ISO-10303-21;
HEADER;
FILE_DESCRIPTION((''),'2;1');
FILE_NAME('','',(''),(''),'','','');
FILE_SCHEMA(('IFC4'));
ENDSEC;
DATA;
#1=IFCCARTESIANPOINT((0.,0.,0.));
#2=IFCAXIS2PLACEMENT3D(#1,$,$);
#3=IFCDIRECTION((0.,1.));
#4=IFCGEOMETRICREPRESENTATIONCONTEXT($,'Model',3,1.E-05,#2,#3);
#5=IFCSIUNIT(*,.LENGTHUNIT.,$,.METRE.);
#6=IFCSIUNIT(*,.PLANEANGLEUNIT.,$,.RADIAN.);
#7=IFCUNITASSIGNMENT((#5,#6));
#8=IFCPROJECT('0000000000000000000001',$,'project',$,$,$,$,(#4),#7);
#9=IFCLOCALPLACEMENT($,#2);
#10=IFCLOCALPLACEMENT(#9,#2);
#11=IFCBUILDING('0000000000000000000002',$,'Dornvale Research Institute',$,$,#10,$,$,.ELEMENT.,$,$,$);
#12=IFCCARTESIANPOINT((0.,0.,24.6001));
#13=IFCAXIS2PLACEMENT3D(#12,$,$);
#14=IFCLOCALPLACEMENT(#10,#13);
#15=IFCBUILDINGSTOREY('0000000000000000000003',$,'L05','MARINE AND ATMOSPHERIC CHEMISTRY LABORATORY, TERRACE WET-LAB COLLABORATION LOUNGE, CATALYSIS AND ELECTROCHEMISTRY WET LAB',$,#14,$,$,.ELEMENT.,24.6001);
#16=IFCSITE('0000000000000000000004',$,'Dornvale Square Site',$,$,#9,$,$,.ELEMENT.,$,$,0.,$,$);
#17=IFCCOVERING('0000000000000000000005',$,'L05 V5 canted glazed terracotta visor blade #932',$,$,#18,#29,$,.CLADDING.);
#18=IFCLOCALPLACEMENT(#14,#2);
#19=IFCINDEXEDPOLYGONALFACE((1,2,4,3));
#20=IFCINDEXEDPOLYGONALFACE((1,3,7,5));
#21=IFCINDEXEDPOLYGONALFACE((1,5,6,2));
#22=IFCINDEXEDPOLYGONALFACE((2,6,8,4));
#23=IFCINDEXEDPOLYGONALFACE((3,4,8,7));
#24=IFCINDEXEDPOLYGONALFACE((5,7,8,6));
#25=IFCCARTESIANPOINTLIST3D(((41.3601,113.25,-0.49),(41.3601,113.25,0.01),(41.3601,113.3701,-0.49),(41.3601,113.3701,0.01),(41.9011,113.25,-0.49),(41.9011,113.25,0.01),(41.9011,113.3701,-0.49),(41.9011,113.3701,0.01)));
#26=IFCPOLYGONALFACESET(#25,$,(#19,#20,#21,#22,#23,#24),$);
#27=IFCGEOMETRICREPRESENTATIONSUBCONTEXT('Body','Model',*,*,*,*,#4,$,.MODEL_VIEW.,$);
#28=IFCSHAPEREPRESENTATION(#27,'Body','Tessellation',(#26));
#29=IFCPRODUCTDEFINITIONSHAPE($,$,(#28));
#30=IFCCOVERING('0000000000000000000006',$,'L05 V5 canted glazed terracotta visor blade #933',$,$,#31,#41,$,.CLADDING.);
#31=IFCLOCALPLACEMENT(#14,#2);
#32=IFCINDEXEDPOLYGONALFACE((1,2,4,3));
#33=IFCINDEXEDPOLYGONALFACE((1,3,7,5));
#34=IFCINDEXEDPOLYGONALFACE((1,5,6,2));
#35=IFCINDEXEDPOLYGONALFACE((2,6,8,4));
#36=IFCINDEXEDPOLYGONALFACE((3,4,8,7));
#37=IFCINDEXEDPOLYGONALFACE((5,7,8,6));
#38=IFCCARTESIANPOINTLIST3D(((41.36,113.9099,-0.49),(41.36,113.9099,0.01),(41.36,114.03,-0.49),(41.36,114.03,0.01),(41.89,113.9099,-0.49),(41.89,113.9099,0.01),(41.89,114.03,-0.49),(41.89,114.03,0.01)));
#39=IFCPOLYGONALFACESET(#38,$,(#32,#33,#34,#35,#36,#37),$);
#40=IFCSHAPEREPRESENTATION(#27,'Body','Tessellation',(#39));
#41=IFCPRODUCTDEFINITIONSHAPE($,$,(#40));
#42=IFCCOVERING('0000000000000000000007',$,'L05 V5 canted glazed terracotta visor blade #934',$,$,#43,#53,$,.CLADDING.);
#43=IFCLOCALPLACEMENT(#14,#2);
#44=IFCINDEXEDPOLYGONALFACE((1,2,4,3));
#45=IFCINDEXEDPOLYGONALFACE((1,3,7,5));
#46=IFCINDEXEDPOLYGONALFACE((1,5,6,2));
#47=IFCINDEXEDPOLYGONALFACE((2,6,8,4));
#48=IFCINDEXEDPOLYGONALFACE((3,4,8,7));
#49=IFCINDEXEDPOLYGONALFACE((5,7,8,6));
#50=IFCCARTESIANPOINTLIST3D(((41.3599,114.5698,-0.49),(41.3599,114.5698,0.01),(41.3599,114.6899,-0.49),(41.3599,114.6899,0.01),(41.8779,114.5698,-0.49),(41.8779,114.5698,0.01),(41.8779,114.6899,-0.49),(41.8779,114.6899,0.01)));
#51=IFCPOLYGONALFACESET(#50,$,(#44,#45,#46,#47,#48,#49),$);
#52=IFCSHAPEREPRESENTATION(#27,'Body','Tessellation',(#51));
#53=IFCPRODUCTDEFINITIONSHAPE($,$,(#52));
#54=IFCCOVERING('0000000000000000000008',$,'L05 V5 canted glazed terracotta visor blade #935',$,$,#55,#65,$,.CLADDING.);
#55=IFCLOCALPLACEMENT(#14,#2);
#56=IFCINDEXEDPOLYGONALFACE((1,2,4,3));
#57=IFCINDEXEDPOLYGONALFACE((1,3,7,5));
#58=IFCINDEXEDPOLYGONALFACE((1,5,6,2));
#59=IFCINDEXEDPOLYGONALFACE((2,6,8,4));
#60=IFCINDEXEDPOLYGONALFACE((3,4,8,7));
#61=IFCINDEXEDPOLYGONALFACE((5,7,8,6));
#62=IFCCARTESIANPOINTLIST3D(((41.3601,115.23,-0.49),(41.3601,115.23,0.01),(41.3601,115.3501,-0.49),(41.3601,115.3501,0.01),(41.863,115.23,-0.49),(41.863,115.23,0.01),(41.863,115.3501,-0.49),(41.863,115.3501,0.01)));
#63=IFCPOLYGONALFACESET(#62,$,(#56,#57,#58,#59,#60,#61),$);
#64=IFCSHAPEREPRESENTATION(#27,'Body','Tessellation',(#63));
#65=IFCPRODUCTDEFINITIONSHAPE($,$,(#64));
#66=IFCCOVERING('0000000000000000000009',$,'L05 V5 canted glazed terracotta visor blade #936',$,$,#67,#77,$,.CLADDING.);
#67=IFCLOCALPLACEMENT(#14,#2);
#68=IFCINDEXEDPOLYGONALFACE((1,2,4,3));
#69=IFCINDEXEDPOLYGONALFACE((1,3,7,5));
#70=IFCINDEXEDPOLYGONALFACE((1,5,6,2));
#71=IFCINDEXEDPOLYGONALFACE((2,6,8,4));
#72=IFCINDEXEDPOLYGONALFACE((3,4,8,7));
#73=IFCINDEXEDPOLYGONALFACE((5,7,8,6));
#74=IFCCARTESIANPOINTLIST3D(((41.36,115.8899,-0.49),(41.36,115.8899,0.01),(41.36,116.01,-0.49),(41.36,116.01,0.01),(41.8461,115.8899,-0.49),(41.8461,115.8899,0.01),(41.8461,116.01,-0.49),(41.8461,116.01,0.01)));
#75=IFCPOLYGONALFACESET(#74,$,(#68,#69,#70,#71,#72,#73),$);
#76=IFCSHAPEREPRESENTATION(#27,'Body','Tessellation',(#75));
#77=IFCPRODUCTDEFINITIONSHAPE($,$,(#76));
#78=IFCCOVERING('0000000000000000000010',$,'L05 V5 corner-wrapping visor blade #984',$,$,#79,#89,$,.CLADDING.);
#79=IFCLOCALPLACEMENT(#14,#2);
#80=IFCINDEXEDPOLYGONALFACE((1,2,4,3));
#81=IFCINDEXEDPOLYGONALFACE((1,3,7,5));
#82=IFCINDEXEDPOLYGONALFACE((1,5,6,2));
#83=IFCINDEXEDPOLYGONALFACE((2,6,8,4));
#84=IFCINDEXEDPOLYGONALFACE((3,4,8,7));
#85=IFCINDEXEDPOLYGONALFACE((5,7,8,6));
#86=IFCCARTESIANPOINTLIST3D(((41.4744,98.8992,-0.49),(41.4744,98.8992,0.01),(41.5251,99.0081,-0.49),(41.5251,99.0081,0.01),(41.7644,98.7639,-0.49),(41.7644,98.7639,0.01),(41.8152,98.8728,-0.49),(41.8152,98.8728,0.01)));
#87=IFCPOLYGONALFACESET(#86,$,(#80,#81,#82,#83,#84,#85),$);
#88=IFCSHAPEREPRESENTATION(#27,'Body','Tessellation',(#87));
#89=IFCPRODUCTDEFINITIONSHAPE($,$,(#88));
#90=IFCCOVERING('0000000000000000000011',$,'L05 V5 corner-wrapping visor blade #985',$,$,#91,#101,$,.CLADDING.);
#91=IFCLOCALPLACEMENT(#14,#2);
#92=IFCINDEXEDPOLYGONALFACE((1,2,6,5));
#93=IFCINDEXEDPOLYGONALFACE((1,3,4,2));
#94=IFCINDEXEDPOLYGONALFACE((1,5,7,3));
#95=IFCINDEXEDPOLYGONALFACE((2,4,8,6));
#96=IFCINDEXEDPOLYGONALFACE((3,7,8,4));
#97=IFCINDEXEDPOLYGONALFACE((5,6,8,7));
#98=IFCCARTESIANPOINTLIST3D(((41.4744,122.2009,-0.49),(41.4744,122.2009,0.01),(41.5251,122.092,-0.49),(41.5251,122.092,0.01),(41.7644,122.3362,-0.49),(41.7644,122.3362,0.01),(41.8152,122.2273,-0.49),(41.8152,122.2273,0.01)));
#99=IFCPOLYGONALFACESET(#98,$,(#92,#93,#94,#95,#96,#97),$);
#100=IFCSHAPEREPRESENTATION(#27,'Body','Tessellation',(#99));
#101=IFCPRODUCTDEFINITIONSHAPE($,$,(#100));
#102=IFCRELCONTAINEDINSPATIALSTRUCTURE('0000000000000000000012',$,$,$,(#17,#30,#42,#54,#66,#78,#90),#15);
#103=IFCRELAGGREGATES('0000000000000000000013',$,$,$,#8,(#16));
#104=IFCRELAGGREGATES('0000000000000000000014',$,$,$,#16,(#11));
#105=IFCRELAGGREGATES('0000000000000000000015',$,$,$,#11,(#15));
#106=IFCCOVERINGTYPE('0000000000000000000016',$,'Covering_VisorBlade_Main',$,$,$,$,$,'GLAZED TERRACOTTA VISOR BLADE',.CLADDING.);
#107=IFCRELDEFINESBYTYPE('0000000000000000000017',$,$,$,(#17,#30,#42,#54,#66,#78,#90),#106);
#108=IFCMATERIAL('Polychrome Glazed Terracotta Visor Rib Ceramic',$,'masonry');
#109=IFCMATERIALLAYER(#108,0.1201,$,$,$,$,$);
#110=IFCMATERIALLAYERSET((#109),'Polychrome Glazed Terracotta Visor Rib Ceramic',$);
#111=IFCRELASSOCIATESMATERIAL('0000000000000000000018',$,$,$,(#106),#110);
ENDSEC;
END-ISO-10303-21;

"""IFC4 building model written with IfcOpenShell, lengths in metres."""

from ifc_helpers import new_model, si_unit, direction, frame, origin, origin_2d, place, context, subcontext, project, spatial, rectangle, extrude, material, layer, layer_set, type_object, element, save


model = new_model("IFC4")

# Units and contexts
model_context = context("Model", 3, precision=1e-05, world=origin(), true_north=direction((0.0, 1.0)))
body_context = subcontext(model_context, "Body", "Model", "MODEL_VIEW")
ifc_project = project(units=[si_unit("LENGTHUNIT", "METRE"), si_unit("PLANEANGLEUNIT", "RADIAN")], contexts=[model_context])

# Site, building, storey
site_placement = place(None, origin())
site = spatial("IfcSite", under=ifc_project, at=site_placement, Name="Dornvale Square Site", CompositionType="ELEMENT", RefElevation=0.0)
building_placement = place(site_placement, origin())
building = spatial("IfcBuilding", under=site, at=building_placement, Name="Dornvale Research Institute", CompositionType="ELEMENT")
storey_placement = place(building_placement, frame((0.0, 0.0, 24.6001)))
storey = spatial("IfcBuildingStorey", under=building, at=storey_placement, Name="L05", Description="MARINE AND ATMOSPHERIC CHEMISTRY LABORATORY, TERRACE WET-LAB COLLABORATION LOUNGE, CATALYSIS AND ELECTROCHEMISTRY WET LAB", CompositionType="ELEMENT", Elevation=24.6001)

# Coverings
ifc_material_1 = material(Name="Polychrome Glazed Terracotta Visor Rib Ceramic", Category="masonry")
ifc_layer_1 = layer(ifc_material_1, 0.1201)
ifc_layer_set_1 = layer_set([ifc_layer_1], Name="Polychrome Glazed Terracotta Visor Rib Ceramic")
covering_type_1 = type_object("IfcCoveringType", Name="Covering_VisorBlade_Main", ElementType="GLAZED TERRACOTTA VISOR BLADE", PredefinedType="CLADDING", material=ifc_layer_set_1)
covering_1_placement = place(storey_placement, frame((41.6306, 113.3101, -0.49), z_axis=(0.0, 0.0, 1.0), x_axis=(1.0, 0.0, 0.0)))
element("IfcCovering", 1, at=covering_1_placement, inside=storey, type_object=covering_type_1, Name="L05 V5 canted glazed terracotta visor blade #932", PredefinedType="CLADDING", context=body_context, shape_type="SweptSolid", body=[
    extrude(rectangle(XDim=0.541, YDim=0.1201, at=origin_2d()), origin(), (0.0, 0.0, 1.0), 0.5),
])
covering_2_placement = place(storey_placement, frame((41.625, 113.97, -0.49), z_axis=(0.0, 0.0, 1.0), x_axis=(1.0, 0.0, 0.0)))
element("IfcCovering", 2, at=covering_2_placement, inside=storey, type_object=covering_type_1, Name="L05 V5 canted glazed terracotta visor blade #933", PredefinedType="CLADDING", context=body_context, shape_type="SweptSolid", body=[
    extrude(rectangle(XDim=0.53, YDim=0.1201, at=origin_2d()), origin(), (0.0, 0.0, 1.0), 0.5),
])
covering_3_placement = place(storey_placement, frame((41.6189, 114.6299, -0.49), z_axis=(0.0, 0.0, 1.0), x_axis=(1.0, 0.0, 0.0)))
element("IfcCovering", 3, at=covering_3_placement, inside=storey, type_object=covering_type_1, Name="L05 V5 canted glazed terracotta visor blade #934", PredefinedType="CLADDING", context=body_context, shape_type="SweptSolid", body=[
    extrude(rectangle(XDim=0.5181, YDim=0.1201, at=origin_2d()), origin(), (0.0, 0.0, 1.0), 0.5),
])
covering_4_placement = place(storey_placement, frame((41.6116, 115.29, -0.49), z_axis=(0.0, 0.0, 1.0), x_axis=(1.0, 0.0, 0.0)))
element("IfcCovering", 4, at=covering_4_placement, inside=storey, type_object=covering_type_1, Name="L05 V5 canted glazed terracotta visor blade #935", PredefinedType="CLADDING", context=body_context, shape_type="SweptSolid", body=[
    extrude(rectangle(XDim=0.5029, YDim=0.1201, at=origin_2d()), origin(), (0.0, 0.0, 1.0), 0.5),
])
covering_5_placement = place(storey_placement, frame((41.603, 115.95, -0.49), z_axis=(0.0, 0.0, 1.0), x_axis=(1.0, 0.0, 0.0)))
element("IfcCovering", 5, at=covering_5_placement, inside=storey, type_object=covering_type_1, Name="L05 V5 canted glazed terracotta visor blade #936", PredefinedType="CLADDING", context=body_context, shape_type="SweptSolid", body=[
    extrude(rectangle(XDim=0.4861, YDim=0.1201, at=origin_2d()), origin(), (0.0, 0.0, 1.0), 0.5),
])
for number, where, z_axis, x_axis, name in (
    (6, (41.6448, 98.886, -0.49), (0.0, 0.0, 1.0), (0.906308, -0.422618, 0.0), "L05 V5 corner-wrapping visor blade #984"),
    (7, (41.6448, 122.2141, -0.49), (0.0, 0.0, 1.0), (0.906308, 0.422618, 0.0), "L05 V5 corner-wrapping visor blade #985"),
):
    element("IfcCovering", number, at=place(storey_placement, frame(where, z_axis=z_axis, x_axis=x_axis)), inside=storey, type_object=covering_type_1, Name=name, PredefinedType="CLADDING", context=body_context, shape_type="SweptSolid", body=[
        extrude(rectangle(XDim=0.3201, YDim=0.1201, at=origin_2d()), origin(), (0.0, 0.0, 1.0), 0.5),
    ])

save(model, "model.ifc")
